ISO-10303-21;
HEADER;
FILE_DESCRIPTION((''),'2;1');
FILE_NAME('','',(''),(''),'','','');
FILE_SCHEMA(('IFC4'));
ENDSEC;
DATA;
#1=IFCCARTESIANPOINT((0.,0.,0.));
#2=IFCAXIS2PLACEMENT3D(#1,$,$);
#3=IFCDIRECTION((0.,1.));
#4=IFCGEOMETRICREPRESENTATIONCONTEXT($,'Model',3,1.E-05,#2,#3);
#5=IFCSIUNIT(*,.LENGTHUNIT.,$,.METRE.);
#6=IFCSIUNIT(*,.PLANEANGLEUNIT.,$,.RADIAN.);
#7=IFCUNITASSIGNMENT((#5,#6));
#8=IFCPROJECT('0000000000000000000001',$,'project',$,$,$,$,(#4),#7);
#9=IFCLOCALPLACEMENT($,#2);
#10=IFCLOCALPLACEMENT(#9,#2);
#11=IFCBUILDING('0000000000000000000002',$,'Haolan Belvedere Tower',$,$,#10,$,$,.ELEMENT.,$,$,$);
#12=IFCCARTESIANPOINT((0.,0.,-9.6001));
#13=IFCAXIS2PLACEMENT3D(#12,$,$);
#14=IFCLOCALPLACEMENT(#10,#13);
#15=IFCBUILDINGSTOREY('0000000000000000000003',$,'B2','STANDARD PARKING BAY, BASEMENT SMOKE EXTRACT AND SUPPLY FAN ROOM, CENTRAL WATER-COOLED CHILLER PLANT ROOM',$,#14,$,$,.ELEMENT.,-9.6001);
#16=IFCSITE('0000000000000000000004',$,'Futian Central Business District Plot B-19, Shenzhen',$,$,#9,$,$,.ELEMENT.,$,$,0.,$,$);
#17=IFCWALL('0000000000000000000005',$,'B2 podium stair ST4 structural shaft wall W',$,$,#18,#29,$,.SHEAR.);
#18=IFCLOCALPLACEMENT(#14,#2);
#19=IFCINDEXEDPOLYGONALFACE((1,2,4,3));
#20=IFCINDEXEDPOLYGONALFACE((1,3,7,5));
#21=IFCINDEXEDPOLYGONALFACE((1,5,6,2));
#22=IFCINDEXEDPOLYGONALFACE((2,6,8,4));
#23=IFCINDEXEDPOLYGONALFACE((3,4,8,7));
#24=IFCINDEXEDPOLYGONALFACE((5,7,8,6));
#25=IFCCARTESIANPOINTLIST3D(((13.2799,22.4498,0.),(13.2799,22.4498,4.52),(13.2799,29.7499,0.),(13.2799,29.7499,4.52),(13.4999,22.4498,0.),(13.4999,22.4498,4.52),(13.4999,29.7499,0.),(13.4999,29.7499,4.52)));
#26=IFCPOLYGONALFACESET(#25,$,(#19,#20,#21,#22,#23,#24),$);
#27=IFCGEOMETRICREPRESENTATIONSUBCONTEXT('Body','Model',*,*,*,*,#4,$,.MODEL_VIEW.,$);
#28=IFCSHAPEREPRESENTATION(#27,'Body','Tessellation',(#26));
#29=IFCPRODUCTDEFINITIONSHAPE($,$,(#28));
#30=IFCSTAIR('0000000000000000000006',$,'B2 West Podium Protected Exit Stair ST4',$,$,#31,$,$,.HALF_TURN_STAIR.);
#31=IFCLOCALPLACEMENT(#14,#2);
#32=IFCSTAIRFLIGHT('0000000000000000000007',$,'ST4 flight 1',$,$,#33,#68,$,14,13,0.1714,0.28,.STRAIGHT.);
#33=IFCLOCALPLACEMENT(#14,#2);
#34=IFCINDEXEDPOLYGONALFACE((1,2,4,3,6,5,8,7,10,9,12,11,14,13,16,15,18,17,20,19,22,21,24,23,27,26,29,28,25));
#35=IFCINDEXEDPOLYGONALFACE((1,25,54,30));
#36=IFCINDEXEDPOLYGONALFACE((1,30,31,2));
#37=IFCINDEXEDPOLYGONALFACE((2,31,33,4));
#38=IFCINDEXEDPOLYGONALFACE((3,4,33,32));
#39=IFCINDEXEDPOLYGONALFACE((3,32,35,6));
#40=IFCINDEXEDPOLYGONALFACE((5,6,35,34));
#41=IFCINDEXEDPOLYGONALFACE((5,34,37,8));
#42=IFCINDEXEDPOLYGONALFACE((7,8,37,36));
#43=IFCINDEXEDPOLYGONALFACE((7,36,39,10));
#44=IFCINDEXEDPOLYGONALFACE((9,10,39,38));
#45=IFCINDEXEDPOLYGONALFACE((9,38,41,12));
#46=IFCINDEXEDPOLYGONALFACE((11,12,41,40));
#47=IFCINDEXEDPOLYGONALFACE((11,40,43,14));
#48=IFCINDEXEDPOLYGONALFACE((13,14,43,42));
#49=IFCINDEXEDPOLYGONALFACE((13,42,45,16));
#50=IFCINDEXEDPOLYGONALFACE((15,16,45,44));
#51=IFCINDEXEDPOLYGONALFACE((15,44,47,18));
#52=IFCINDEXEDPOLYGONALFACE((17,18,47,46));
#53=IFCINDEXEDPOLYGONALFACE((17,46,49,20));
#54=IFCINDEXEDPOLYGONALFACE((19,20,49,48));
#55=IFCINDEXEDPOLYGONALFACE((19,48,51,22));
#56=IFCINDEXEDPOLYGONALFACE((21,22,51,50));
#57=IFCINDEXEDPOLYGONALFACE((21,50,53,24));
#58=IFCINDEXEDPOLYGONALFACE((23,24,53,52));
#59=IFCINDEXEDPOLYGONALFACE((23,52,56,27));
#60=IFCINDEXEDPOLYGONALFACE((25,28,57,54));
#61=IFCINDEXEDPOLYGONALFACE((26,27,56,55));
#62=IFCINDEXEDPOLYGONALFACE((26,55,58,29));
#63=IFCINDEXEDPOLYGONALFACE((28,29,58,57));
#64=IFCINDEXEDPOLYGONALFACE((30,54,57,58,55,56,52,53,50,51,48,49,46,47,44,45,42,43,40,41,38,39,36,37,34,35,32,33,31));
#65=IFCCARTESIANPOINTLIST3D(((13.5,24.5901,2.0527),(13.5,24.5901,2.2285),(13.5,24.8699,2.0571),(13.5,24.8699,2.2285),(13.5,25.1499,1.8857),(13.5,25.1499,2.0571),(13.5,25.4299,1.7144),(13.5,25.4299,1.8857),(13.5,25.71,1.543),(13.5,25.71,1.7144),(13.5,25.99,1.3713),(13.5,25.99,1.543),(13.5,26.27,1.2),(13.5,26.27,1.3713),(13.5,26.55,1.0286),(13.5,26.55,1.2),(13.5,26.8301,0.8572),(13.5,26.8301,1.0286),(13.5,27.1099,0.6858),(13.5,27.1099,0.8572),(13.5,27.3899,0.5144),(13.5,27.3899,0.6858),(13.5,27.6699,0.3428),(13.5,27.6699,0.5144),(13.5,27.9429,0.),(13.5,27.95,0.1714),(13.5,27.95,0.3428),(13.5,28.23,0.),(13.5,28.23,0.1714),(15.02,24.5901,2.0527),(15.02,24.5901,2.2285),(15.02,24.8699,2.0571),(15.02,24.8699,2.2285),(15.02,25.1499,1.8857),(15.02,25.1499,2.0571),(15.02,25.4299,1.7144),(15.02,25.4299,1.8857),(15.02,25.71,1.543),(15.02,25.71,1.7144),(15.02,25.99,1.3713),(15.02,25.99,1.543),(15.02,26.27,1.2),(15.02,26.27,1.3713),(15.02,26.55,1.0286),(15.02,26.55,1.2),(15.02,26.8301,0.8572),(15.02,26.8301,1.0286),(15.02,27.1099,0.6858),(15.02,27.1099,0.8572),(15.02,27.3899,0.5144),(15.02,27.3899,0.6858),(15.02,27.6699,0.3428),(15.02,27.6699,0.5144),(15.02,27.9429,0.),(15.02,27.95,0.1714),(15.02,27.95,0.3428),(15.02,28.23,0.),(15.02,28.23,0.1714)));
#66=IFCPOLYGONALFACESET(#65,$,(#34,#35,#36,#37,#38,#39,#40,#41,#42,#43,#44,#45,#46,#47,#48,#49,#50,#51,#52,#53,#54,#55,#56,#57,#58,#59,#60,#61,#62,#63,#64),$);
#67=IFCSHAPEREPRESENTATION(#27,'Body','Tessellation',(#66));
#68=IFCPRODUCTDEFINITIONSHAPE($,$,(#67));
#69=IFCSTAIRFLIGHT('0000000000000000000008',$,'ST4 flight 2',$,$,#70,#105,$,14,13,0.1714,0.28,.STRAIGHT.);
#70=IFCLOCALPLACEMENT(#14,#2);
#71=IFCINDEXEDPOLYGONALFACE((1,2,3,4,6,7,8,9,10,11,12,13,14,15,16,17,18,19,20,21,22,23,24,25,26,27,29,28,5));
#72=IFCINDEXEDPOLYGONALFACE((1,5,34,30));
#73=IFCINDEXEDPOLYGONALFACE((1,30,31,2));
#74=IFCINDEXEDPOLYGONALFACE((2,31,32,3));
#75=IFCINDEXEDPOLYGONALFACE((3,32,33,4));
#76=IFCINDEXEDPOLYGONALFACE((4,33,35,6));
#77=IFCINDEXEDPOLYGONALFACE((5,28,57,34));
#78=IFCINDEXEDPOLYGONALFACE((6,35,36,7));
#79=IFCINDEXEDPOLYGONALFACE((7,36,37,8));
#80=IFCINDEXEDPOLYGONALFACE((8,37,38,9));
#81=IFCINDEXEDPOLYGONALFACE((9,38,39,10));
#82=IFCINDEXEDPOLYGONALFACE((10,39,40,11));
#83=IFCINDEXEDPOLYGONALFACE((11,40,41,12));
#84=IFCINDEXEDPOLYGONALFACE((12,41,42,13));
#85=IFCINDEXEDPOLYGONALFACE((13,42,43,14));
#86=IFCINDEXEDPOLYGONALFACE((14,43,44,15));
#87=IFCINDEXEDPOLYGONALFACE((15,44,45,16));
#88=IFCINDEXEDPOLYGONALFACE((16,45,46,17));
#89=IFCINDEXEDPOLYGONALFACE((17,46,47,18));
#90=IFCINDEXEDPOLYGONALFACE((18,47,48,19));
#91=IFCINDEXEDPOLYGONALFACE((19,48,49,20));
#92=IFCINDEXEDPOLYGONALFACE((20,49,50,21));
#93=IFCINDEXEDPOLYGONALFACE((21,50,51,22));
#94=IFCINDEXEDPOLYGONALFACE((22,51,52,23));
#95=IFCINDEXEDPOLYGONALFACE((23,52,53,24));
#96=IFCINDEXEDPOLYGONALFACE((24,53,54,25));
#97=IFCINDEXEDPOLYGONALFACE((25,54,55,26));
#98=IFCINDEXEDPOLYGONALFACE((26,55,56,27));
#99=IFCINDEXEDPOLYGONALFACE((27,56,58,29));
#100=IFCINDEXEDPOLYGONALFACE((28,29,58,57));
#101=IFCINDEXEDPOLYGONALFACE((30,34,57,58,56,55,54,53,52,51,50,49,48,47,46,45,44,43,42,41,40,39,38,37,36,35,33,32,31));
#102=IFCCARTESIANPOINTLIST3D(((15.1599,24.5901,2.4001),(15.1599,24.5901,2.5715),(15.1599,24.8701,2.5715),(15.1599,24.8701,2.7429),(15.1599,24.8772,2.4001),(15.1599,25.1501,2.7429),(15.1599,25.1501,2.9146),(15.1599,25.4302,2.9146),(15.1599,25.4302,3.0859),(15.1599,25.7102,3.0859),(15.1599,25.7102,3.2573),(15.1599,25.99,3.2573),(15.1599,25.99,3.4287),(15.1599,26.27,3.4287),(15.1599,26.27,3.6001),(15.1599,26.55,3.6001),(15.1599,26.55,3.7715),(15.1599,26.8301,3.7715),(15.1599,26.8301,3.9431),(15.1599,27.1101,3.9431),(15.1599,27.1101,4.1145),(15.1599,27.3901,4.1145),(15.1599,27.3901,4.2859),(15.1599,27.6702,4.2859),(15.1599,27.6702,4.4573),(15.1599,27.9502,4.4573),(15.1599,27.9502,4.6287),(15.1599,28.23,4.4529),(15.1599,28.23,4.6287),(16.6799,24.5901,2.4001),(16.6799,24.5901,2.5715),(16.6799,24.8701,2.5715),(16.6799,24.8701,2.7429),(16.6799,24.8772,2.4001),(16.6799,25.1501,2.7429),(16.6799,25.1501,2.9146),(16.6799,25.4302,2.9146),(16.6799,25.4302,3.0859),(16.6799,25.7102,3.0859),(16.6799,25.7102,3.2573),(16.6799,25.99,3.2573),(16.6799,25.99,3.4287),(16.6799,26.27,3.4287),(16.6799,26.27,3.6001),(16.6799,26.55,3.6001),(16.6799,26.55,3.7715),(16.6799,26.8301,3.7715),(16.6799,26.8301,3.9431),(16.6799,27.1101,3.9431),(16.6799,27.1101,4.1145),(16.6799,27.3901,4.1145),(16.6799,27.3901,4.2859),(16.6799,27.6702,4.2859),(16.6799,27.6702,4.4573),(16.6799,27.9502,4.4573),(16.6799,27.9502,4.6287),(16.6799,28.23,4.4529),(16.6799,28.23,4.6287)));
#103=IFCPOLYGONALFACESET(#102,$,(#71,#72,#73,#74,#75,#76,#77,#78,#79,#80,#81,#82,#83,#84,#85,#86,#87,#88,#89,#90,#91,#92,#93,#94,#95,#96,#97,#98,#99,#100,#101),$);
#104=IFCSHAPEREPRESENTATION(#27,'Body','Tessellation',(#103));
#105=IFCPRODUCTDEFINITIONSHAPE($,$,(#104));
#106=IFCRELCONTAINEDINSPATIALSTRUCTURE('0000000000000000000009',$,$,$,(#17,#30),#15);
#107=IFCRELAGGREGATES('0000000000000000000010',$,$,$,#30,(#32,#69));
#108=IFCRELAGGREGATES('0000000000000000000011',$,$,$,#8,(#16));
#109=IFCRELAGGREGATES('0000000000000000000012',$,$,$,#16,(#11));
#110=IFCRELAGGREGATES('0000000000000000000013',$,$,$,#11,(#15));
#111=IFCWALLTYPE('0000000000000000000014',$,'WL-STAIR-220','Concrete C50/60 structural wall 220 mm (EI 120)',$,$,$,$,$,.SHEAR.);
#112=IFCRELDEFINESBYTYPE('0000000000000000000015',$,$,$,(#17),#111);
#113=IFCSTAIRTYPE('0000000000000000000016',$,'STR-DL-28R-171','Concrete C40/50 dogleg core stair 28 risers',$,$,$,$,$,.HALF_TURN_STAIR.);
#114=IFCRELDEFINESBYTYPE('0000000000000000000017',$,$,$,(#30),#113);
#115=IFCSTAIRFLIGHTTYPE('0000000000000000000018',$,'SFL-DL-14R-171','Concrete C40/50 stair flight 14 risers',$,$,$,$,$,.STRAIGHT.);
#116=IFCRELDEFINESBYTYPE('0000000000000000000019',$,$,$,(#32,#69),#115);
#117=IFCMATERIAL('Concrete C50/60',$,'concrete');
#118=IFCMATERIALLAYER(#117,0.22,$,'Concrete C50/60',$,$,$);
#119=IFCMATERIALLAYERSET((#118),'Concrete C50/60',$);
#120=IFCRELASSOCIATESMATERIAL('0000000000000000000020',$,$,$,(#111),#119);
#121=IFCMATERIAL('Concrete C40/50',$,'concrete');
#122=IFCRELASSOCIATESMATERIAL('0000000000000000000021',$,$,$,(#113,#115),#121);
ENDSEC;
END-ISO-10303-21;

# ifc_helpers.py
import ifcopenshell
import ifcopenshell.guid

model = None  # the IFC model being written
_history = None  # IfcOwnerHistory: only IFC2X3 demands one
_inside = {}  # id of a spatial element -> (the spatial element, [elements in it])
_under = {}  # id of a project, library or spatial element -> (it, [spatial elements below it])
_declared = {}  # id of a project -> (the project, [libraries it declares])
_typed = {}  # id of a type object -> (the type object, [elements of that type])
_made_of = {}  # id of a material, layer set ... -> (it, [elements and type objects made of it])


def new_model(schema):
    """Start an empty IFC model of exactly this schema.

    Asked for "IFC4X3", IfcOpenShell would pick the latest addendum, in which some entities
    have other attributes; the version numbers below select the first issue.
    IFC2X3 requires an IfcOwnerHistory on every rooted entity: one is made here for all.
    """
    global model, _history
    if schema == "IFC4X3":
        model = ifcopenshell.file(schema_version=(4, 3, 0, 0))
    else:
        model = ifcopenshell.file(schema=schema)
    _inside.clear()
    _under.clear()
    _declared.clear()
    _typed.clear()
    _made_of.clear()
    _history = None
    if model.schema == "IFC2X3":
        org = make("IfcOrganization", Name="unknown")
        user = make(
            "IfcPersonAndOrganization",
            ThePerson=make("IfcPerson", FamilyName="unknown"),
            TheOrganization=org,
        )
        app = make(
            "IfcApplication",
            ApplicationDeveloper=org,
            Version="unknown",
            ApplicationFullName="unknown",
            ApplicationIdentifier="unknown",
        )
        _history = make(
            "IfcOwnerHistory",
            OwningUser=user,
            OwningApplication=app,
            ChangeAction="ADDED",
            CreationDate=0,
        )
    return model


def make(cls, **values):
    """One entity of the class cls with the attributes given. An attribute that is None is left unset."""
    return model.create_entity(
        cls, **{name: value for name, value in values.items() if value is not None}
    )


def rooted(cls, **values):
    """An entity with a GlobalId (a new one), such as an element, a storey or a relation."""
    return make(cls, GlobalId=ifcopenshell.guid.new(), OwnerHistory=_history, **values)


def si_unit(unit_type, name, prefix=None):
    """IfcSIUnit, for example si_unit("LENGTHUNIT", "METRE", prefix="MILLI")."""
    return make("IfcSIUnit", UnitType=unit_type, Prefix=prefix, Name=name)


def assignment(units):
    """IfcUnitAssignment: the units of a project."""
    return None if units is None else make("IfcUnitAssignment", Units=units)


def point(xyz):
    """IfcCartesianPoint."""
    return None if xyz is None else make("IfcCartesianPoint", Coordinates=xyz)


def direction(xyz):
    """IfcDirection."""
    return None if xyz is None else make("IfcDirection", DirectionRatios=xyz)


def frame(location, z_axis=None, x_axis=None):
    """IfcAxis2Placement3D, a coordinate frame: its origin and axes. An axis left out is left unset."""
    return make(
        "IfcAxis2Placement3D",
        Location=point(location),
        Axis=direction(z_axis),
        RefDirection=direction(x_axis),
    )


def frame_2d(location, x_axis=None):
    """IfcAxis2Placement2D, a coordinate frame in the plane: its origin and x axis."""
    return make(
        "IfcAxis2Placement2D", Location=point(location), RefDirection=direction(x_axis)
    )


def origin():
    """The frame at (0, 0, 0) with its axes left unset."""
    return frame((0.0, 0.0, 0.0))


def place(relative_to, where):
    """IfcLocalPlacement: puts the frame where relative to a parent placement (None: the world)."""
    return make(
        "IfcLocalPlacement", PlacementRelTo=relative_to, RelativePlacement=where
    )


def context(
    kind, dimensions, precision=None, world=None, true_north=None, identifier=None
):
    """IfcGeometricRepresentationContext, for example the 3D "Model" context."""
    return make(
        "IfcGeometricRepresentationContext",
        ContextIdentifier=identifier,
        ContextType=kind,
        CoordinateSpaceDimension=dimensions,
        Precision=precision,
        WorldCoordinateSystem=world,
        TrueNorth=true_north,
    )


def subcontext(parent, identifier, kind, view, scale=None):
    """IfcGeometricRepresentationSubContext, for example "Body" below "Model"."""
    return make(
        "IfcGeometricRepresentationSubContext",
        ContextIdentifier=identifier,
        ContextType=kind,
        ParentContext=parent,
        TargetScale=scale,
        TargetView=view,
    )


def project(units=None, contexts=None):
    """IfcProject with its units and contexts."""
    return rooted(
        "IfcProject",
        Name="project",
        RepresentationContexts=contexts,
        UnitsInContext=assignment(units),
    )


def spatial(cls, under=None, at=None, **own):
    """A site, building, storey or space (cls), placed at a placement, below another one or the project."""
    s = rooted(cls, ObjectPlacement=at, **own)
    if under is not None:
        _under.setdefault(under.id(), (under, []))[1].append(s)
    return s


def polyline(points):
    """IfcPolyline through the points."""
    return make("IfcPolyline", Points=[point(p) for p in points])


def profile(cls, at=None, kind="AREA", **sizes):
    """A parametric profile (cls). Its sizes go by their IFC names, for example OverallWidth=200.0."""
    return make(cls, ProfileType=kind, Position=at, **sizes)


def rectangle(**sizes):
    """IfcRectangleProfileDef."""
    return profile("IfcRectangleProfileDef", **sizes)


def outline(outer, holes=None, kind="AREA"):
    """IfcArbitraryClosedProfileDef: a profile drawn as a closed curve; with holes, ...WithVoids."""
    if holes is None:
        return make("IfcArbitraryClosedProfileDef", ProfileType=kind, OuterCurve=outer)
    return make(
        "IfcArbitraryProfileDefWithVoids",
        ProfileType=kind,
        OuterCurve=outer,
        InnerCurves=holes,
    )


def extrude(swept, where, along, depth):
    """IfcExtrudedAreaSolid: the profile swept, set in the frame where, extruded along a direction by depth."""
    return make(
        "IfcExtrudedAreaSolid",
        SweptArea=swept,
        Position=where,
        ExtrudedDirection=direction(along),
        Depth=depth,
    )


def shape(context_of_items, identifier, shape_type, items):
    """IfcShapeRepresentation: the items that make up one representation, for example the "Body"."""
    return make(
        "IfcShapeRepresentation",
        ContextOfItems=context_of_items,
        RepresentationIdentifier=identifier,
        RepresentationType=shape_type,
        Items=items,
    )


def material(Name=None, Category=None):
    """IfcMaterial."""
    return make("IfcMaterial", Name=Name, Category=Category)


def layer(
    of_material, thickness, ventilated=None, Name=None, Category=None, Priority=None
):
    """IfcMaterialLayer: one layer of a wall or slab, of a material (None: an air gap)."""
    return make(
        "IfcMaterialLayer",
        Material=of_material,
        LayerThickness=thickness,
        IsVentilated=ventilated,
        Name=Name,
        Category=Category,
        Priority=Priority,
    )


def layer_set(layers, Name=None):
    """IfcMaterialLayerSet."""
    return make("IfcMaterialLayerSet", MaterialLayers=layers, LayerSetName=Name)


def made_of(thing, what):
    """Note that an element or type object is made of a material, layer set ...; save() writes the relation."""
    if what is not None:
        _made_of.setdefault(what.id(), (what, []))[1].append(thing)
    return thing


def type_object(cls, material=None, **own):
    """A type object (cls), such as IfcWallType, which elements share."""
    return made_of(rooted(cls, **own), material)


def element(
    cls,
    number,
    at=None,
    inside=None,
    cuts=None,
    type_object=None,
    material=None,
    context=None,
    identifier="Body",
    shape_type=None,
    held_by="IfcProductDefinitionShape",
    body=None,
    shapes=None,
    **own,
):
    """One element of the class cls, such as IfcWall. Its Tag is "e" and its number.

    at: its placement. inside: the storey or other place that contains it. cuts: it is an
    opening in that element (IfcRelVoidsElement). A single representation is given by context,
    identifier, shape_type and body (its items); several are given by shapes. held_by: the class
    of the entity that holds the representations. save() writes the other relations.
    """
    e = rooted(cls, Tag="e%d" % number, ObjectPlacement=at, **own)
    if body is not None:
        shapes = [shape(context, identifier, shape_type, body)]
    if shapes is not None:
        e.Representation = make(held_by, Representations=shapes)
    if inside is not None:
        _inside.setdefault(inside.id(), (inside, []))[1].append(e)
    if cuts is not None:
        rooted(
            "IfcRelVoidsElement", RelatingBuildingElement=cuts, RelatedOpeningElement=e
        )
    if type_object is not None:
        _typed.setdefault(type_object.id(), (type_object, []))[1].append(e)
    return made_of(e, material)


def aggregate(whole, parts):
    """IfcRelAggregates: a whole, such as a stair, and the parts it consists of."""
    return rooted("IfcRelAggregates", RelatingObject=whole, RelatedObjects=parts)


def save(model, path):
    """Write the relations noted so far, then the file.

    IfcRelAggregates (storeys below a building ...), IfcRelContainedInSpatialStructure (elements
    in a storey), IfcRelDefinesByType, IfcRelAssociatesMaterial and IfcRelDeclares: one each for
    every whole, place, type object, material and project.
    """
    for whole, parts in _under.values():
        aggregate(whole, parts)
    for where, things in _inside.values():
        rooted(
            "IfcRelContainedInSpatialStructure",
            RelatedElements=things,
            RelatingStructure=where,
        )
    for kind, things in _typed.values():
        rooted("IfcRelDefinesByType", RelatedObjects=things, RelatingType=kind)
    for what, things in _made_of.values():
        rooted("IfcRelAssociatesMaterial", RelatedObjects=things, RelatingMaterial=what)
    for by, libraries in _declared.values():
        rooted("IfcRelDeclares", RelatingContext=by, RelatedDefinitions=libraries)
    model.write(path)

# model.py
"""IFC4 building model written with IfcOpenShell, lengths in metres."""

from ifc_helpers import new_model, si_unit, direction, frame, frame_2d, origin, place, context, subcontext, project, spatial, polyline, rectangle, outline, extrude, material, layer, layer_set, type_object, element, aggregate, save


model = new_model("IFC4")

# Units and contexts
model_context = context("Model", 3, precision=1e-05, world=origin(), true_north=direction((0.0, 1.0)))
body_context = subcontext(model_context, "Body", "Model", "MODEL_VIEW")
ifc_project = project(units=[si_unit("LENGTHUNIT", "METRE"), si_unit("PLANEANGLEUNIT", "RADIAN")], contexts=[model_context])

# Site, building, storey
site_placement = place(None, origin())
site = spatial("IfcSite", under=ifc_project, at=site_placement, Name="Futian Central Business District Plot B-19, Shenzhen", CompositionType="ELEMENT", RefElevation=0.0)
building_placement = place(site_placement, origin())
building = spatial("IfcBuilding", under=site, at=building_placement, Name="Haolan Belvedere Tower", CompositionType="ELEMENT")
storey_placement = place(building_placement, frame((0.0, 0.0, -9.6001)))
storey = spatial("IfcBuildingStorey", under=building, at=storey_placement, Name="B2", Description="STANDARD PARKING BAY, BASEMENT SMOKE EXTRACT AND SUPPLY FAN ROOM, CENTRAL WATER-COOLED CHILLER PLANT ROOM", CompositionType="ELEMENT", Elevation=-9.6001)

# Shared definitions
ifc_material_1 = material(Name="Concrete C50/60", Category="concrete")

# Shared definitions
ifc_material_2 = material(Name="Concrete C40/50", Category="concrete")

# Shared definitions
ifc_layer_1 = layer(ifc_material_1, 0.22, Name="Concrete C50/60")
ifc_layer_set_1 = layer_set([ifc_layer_1], Name="Concrete C50/60")
wall_type_1 = type_object("IfcWallType", Name="WL-STAIR-220", Description="Concrete C50/60 structural wall 220 mm (EI 120)", PredefinedType="SHEAR", material=ifc_layer_set_1)

# Wall
wall_1_placement = place(storey_placement, frame((13.3899, 22.45, 0.0), z_axis=(0.0, 0.0, 1.0), x_axis=(0.0, 1.0, 0.0)))
element("IfcWall", 1, at=wall_1_placement, inside=storey, type_object=wall_type_1, Name="B2 podium stair ST4 structural shaft wall W", PredefinedType="SHEAR", context=body_context, shape_type="SweptSolid", body=[
    extrude(rectangle(XDim=7.3, YDim=0.22, at=frame_2d((3.6499, 0.0))), origin(), (0.0, 0.0, 1.0), 4.52),
])

# Stair, stair flights
stair_type = type_object("IfcStairType", Name="STR-DL-28R-171", Description="Concrete C40/50 dogleg core stair 28 risers", PredefinedType="HALF_TURN_STAIR", material=ifc_material_2)
stair_placement = place(storey_placement, origin())
stair = element("IfcStair", 2, at=stair_placement, inside=storey, type_object=stair_type, Name="B2 West Podium Protected Exit Stair ST4", PredefinedType="HALF_TURN_STAIR")
stair_flight_type = type_object("IfcStairFlightType", Name="SFL-DL-14R-171", Description="Concrete C40/50 stair flight 14 risers", PredefinedType="STRAIGHT", material=ifc_material_2)
stair_flight_1_placement = place(storey_placement, frame((14.26, 28.23, 0.0), z_axis=(0.0, 0.0, 1.0), x_axis=(0.0, -1.0, 0.0)))
stair_flight_1 = element("IfcStairFlight", 3, at=stair_flight_1_placement, type_object=stair_flight_type, Name="ST4 flight 1", NumberOfRisers=14, NumberOfTreads=13, PredefinedType="STRAIGHT", RiserHeight=0.1714, TreadLength=0.28, context=body_context, shape_type="SweptSolid", body=[
    extrude(outline(polyline([(0.0, 0.0), (0.0, 0.1714), (0.28, 0.1714), (0.28, 0.3428), (0.5601, 0.3428), (0.5601, 0.5144), (0.8401, 0.5144), (0.8401, 0.6858), (1.1201, 0.6858), (1.1201, 0.8572), (1.3999, 0.8572), (1.3999, 1.0286), (1.6799, 1.0286), (1.6799, 1.2), (1.96, 1.2), (1.96, 1.3713), (2.24, 1.3713), (2.24, 1.543), (2.52, 1.543), (2.52, 1.7144), (2.8, 1.7144), (2.8, 1.8857), (3.0801, 1.8857), (3.0801, 2.0571), (3.3601, 2.0571), (3.3601, 2.2285), (3.6399, 2.2285), (3.6399, 2.3999), (3.6399, 2.0527), (0.2871, 0.0), (0.0, 0.0)])), frame((0.0, 0.76, 0.0), z_axis=(0.0, -1.0, 0.0), x_axis=(1.0, 0.0, 0.0)), (0.0, 0.0, 1.0), 1.52),
])
stair_flight_2_placement = place(storey_placement, frame((15.9199, 24.5901, 2.4001), z_axis=(0.0, 0.0, 1.0), x_axis=(0.0, 1.0, 0.0)))
stair_flight_2 = element("IfcStairFlight", 4, at=stair_flight_2_placement, type_object=stair_flight_type, Name="ST4 flight 2", NumberOfRisers=14, NumberOfTreads=13, PredefinedType="STRAIGHT", RiserHeight=0.1714, TreadLength=0.28, context=body_context, shape_type="SweptSolid", body=[
    extrude(outline(polyline([(0.0, 0.0), (0.0, 0.1714), (0.28, 0.1714), (0.28, 0.3428), (0.5601, 0.3428), (0.5601, 0.5144), (0.8401, 0.5144), (0.8401, 0.6858), (1.1201, 0.6858), (1.1201, 0.8572), (1.3999, 0.8572), (1.3999, 1.0286), (1.6799, 1.0286), (1.6799, 1.2), (1.96, 1.2), (1.96, 1.3713), (2.24, 1.3713), (2.24, 1.543), (2.52, 1.543), (2.52, 1.7144), (2.8, 1.7144), (2.8, 1.8857), (3.0801, 1.8857), (3.0801, 2.0571), (3.3601, 2.0571), (3.3601, 2.2285), (3.6399, 2.2285), (3.6399, 2.3999), (3.6399, 2.0527), (0.2871, 0.0), (0.0, 0.0)])), frame((0.0, 0.76, 0.0), z_axis=(0.0, -1.0, 0.0), x_axis=(1.0, 0.0, 0.0)), (0.0, 0.0, 1.0), 1.52),
])
aggregate(stair, [stair_flight_1, stair_flight_2])

save(model, "model.ifc")
